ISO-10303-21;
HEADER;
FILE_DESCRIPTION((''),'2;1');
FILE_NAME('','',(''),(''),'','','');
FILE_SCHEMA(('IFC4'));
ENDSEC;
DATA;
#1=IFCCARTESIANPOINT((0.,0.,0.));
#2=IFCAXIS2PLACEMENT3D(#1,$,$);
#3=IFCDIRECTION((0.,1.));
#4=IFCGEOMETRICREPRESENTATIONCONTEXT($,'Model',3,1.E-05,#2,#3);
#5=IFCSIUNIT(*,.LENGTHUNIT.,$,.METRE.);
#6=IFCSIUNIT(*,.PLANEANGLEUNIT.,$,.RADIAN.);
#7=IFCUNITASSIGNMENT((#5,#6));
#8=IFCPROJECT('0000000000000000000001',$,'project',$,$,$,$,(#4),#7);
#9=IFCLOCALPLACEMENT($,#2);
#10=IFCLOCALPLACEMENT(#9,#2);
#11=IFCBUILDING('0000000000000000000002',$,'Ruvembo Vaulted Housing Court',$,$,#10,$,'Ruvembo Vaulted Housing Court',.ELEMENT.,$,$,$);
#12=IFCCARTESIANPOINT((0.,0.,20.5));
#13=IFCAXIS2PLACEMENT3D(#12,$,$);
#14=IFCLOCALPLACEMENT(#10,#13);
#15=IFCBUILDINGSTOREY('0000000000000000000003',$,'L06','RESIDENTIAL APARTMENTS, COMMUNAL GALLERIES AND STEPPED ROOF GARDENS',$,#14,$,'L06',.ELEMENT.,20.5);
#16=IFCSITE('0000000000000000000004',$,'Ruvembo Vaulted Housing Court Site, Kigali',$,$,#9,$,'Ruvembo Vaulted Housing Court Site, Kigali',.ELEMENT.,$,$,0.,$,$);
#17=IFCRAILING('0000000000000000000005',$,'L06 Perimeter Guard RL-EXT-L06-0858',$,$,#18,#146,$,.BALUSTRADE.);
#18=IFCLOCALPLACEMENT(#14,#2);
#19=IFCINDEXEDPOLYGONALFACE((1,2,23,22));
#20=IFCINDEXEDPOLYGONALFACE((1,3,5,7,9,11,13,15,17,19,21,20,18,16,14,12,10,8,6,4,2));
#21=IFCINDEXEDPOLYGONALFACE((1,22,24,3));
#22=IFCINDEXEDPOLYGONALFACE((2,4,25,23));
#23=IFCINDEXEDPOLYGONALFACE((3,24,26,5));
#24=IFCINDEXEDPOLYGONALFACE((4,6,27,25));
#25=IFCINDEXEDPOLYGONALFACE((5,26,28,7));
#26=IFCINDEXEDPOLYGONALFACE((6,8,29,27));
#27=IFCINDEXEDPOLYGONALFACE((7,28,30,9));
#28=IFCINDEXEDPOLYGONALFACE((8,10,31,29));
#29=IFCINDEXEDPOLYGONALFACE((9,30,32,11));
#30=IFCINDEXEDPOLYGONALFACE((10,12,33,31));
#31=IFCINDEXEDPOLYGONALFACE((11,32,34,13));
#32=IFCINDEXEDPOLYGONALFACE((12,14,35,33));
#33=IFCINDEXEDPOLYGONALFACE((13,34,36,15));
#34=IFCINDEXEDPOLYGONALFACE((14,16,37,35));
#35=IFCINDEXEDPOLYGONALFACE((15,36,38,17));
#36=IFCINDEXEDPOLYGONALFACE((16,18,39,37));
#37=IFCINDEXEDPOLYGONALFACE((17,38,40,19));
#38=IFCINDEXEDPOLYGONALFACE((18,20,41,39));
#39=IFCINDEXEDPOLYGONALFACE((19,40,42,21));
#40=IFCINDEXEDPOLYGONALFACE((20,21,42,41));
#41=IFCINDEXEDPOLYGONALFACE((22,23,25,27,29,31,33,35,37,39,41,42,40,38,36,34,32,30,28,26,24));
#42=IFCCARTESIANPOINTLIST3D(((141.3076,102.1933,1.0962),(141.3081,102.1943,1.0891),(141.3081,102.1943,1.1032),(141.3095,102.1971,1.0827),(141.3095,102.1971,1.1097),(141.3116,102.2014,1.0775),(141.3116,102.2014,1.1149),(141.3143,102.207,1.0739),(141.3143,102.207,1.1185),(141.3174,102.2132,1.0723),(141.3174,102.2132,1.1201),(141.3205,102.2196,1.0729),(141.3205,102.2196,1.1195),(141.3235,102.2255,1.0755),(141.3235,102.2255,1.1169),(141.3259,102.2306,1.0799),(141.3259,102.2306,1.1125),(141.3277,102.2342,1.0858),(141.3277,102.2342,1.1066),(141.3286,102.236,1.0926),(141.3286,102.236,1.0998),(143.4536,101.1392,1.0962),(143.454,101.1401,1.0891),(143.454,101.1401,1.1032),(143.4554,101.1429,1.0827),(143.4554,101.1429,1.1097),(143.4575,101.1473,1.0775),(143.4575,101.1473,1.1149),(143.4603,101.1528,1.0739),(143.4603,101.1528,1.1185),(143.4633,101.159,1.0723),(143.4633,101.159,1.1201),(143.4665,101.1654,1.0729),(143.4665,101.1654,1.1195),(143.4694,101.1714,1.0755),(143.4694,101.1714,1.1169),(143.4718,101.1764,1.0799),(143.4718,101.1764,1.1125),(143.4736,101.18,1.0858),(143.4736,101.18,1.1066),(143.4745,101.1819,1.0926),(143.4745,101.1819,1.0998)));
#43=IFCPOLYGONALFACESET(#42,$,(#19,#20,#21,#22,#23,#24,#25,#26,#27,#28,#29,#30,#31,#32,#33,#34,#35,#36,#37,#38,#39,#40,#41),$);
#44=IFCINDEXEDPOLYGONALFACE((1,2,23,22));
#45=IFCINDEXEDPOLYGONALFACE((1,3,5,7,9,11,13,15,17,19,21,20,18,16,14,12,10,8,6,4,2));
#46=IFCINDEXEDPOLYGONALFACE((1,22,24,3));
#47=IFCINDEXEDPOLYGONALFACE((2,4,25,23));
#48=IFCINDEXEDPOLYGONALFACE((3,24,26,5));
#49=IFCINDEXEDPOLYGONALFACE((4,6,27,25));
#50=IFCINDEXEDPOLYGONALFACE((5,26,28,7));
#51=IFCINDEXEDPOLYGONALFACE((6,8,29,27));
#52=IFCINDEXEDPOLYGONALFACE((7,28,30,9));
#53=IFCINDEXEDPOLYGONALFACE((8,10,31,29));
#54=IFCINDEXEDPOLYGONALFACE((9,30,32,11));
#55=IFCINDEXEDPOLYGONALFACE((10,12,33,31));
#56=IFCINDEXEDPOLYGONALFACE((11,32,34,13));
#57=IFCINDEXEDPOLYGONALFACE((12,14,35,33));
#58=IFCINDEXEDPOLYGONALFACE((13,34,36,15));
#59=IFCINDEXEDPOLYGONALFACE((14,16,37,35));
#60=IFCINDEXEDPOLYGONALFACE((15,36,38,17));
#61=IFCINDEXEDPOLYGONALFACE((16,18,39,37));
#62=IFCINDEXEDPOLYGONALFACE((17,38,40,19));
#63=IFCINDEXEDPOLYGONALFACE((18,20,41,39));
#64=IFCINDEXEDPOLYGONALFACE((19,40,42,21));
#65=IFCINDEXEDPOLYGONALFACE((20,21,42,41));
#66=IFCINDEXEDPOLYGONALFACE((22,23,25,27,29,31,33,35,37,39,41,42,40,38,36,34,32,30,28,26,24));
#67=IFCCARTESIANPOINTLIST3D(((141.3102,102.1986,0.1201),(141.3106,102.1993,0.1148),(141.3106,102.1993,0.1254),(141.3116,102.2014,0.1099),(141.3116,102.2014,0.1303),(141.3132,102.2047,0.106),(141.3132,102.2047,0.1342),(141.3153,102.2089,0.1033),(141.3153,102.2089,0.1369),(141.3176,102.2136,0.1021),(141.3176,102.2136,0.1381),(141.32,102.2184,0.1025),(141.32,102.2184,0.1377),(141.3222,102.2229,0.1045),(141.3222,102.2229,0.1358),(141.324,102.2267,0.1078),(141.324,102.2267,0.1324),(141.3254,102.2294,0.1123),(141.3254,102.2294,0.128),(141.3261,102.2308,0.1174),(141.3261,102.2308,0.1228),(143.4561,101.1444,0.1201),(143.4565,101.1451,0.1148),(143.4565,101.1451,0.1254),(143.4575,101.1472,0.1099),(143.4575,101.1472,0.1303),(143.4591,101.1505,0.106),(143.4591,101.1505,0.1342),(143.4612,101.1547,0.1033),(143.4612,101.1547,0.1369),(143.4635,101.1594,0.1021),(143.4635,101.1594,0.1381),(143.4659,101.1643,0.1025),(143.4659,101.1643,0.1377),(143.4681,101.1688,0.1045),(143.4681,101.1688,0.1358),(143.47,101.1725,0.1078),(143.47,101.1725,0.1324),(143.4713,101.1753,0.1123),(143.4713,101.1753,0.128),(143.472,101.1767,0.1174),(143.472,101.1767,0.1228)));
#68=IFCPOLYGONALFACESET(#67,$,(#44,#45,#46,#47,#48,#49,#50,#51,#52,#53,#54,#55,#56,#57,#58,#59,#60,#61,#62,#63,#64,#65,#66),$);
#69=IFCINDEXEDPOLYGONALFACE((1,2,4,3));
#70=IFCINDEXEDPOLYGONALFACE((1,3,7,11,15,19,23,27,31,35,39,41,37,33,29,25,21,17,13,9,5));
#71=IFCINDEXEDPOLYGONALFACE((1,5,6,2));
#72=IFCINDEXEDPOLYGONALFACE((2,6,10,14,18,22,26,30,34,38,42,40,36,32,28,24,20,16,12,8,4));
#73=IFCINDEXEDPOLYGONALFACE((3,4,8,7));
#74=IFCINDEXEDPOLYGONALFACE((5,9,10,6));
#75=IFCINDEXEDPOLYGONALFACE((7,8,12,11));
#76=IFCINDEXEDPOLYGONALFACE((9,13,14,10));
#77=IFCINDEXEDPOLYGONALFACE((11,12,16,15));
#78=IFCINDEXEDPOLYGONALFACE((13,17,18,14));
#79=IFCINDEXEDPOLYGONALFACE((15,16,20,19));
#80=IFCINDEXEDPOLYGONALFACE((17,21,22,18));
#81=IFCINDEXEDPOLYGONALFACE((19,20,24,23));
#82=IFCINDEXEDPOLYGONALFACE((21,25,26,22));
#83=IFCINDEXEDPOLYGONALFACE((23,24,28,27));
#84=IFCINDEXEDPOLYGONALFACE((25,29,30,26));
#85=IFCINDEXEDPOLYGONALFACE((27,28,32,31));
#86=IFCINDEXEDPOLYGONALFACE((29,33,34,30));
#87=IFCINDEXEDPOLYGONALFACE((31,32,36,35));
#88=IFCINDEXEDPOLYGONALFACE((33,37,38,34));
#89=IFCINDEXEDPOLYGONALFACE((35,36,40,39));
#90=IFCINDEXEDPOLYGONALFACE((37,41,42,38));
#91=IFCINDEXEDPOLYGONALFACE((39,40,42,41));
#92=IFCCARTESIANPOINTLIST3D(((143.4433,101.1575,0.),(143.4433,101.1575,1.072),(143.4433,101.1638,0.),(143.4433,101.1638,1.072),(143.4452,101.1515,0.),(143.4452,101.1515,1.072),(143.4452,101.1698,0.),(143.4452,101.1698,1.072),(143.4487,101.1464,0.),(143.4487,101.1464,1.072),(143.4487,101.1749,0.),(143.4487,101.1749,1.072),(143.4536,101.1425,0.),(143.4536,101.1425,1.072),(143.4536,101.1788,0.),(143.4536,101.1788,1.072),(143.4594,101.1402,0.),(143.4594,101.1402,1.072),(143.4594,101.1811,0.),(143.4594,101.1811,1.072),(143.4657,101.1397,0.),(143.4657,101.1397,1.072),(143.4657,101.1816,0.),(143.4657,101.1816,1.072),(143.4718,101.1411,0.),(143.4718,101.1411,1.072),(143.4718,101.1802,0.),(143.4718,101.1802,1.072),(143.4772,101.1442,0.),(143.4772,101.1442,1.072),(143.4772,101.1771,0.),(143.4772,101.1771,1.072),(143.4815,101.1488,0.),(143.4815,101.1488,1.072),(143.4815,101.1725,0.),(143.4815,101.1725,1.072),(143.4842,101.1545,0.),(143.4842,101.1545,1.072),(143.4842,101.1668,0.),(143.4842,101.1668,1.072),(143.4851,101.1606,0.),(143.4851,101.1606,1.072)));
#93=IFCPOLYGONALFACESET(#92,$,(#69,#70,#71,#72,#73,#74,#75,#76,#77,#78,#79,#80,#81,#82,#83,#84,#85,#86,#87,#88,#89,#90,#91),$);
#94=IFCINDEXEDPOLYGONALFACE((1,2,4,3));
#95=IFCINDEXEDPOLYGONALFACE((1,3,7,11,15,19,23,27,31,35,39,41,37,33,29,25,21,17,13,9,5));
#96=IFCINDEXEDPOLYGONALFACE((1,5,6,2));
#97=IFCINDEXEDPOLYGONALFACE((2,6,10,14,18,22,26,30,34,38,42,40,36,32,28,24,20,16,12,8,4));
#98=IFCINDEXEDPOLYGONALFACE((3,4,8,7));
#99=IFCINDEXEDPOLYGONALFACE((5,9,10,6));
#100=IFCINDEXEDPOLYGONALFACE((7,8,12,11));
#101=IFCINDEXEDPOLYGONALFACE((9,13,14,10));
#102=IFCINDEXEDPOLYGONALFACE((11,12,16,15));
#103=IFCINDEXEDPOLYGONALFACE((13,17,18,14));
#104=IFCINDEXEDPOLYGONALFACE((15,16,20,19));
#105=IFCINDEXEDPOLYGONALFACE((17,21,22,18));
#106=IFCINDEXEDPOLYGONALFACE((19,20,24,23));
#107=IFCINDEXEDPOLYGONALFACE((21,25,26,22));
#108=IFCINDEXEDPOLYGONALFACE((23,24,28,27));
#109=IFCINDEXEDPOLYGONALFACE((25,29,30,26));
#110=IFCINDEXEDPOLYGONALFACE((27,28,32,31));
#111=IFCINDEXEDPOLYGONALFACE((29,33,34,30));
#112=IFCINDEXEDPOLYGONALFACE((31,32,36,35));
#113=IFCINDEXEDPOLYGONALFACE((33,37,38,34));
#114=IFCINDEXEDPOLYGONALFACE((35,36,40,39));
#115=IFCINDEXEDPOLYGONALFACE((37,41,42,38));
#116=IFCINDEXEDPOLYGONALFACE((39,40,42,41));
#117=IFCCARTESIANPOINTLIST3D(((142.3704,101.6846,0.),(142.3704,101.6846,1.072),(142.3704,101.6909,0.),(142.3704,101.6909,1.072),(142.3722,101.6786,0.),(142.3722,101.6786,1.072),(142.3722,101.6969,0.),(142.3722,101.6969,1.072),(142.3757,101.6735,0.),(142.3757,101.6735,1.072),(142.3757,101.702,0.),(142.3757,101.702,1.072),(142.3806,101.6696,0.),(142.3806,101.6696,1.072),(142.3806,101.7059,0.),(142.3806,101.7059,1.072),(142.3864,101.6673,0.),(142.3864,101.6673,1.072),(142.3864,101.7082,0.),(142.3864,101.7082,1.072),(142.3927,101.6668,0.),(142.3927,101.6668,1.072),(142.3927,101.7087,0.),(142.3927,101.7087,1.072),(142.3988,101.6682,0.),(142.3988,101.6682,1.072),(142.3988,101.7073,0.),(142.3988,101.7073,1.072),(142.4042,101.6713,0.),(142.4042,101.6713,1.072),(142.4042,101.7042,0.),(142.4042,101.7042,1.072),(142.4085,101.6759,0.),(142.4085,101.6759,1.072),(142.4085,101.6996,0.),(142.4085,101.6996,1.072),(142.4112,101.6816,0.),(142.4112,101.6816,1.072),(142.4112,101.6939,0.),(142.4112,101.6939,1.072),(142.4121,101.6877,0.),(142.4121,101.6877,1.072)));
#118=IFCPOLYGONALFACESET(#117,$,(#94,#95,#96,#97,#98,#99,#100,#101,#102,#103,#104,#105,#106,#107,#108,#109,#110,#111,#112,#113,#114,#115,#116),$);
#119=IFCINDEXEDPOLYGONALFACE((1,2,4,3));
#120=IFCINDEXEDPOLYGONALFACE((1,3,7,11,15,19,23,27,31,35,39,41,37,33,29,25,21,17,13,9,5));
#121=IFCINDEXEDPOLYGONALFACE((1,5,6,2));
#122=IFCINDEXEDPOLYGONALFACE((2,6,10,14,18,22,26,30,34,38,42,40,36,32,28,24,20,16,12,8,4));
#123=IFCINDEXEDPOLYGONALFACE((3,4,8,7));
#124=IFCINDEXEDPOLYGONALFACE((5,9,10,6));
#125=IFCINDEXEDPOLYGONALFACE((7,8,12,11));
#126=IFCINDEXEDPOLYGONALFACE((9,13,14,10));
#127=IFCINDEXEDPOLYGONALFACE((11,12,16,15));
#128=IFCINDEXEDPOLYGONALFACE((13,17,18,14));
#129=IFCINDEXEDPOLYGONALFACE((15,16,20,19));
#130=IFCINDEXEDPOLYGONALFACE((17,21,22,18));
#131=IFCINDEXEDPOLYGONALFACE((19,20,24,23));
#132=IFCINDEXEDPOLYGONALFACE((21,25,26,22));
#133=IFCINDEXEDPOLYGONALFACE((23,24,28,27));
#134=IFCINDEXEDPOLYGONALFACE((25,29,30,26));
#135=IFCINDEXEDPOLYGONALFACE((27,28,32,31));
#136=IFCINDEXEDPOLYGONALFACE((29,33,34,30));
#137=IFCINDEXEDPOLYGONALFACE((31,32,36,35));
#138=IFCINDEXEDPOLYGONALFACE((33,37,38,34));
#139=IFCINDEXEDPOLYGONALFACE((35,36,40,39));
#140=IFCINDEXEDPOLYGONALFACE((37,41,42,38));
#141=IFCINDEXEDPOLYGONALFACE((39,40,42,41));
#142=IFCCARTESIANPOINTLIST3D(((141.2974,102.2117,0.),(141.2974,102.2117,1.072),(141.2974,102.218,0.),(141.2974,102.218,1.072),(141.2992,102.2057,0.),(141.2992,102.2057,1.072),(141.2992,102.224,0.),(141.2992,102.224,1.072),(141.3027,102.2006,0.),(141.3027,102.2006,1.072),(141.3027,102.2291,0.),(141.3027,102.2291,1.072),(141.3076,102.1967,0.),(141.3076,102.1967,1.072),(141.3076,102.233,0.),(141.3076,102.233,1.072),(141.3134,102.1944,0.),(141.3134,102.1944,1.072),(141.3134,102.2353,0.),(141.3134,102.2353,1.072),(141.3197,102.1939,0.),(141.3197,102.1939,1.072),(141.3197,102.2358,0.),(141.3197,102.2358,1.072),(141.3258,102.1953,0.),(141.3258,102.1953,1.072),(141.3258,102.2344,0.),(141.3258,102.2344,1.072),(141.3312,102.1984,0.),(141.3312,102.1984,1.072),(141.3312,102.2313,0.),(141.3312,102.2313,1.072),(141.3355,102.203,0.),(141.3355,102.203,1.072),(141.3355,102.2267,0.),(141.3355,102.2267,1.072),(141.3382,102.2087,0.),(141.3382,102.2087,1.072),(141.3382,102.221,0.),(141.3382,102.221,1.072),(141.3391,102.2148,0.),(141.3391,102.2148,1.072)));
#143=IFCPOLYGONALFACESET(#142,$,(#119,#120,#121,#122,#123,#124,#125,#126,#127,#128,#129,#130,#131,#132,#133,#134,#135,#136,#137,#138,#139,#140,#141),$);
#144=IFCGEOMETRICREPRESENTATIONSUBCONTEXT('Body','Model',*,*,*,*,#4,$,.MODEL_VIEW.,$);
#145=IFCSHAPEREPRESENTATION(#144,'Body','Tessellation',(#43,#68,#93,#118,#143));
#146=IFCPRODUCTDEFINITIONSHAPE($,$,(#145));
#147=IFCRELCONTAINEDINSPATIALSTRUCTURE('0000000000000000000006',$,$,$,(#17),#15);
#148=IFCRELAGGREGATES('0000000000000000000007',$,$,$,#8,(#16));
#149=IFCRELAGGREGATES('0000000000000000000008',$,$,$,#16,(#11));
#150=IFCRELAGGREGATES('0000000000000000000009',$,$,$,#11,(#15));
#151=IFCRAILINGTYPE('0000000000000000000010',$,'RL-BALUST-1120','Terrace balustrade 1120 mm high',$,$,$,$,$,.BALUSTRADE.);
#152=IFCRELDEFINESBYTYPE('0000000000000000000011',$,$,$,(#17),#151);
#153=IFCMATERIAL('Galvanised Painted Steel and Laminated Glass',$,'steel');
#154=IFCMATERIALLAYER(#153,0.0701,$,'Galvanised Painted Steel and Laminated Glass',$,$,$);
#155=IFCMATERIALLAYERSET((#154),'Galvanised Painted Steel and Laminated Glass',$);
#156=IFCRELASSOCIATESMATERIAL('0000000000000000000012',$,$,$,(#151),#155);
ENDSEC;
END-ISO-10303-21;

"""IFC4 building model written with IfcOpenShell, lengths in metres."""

from ifc_helpers import new_model, si_unit, direction, frame, origin, origin_2d, place, context, subcontext, project, spatial, circle, extrude, material, layer, layer_set, type_object, element, save


model = new_model("IFC4")

# Units and contexts
model_context = context("Model", 3, precision=1e-05, world=origin(), true_north=direction((0.0, 1.0)))
body_context = subcontext(model_context, "Body", "Model", "MODEL_VIEW")
ifc_project = project(units=[si_unit("LENGTHUNIT", "METRE"), si_unit("PLANEANGLEUNIT", "RADIAN")], contexts=[model_context])

# Site, building, storey
site_placement = place(None, origin())
site = spatial("IfcSite", under=ifc_project, at=site_placement, Name="Ruvembo Vaulted Housing Court Site, Kigali", LongName="Ruvembo Vaulted Housing Court Site, Kigali", CompositionType="ELEMENT", RefElevation=0.0)
building_placement = place(site_placement, origin())
building = spatial("IfcBuilding", under=site, at=building_placement, Name="Ruvembo Vaulted Housing Court", LongName="Ruvembo Vaulted Housing Court", CompositionType="ELEMENT")
storey_placement = place(building_placement, frame((0.0, 0.0, 20.5)))
storey = spatial("IfcBuildingStorey", under=building, at=storey_placement, Name="L06", Description="RESIDENTIAL APARTMENTS, COMMUNAL GALLERIES AND STEPPED ROOF GARDENS", LongName="L06", CompositionType="ELEMENT", Elevation=20.5)

# Railing
ifc_material_1 = material(Name="Galvanised Painted Steel and Laminated Glass", Category="steel")
ifc_layer = layer(ifc_material_1, 0.0701, Name="Galvanised Painted Steel and Laminated Glass")
ifc_layer_set = layer_set([ifc_layer], Name="Galvanised Painted Steel and Laminated Glass")
railing_type = type_object("IfcRailingType", Name="RL-BALUST-1120", Description="Terrace balustrade 1120 mm high", PredefinedType="BALUSTRADE", material=ifc_layer_set)
railing_1_placement = place(storey_placement, frame((143.4641, 101.1606, 0.0)))
element("IfcRailing", 1, at=railing_1_placement, inside=storey, type_object=railing_type, Name="L06 Perimeter Guard RL-EXT-L06-0858", PredefinedType="BALUSTRADE", context=body_context, shape_type="SweptSolid", body=[
    extrude(circle(Radius=0.0239, at=origin_2d()), frame((0.0, 0.0, 1.0962), z_axis=(-0.89755, 0.440913, 0.0), x_axis=(-0.440913, -0.89755, 0.0)), (0.0, 0.0, 1.0), 2.3909),
    extrude(circle(Radius=0.0181, at=origin_2d()), frame((0.0, 0.0, 0.1201), z_axis=(-0.89755, 0.440913, 0.0), x_axis=(-0.440913, -0.89755, 0.0)), (0.0, 0.0, 1.0), 2.3909),
    extrude(circle(Radius=0.021, at=origin_2d()), origin(), (0.0, 0.0, 1.0), 1.072),
    extrude(circle(Radius=0.021, at=origin_2d()), frame((-1.073, 0.5271, 0.0)), (0.0, 0.0, 1.0), 1.072),
    extrude(circle(Radius=0.021, at=origin_2d()), frame((-2.146, 1.0542, 0.0)), (0.0, 0.0, 1.0), 1.072),
])

save(model, "model.ifc")
